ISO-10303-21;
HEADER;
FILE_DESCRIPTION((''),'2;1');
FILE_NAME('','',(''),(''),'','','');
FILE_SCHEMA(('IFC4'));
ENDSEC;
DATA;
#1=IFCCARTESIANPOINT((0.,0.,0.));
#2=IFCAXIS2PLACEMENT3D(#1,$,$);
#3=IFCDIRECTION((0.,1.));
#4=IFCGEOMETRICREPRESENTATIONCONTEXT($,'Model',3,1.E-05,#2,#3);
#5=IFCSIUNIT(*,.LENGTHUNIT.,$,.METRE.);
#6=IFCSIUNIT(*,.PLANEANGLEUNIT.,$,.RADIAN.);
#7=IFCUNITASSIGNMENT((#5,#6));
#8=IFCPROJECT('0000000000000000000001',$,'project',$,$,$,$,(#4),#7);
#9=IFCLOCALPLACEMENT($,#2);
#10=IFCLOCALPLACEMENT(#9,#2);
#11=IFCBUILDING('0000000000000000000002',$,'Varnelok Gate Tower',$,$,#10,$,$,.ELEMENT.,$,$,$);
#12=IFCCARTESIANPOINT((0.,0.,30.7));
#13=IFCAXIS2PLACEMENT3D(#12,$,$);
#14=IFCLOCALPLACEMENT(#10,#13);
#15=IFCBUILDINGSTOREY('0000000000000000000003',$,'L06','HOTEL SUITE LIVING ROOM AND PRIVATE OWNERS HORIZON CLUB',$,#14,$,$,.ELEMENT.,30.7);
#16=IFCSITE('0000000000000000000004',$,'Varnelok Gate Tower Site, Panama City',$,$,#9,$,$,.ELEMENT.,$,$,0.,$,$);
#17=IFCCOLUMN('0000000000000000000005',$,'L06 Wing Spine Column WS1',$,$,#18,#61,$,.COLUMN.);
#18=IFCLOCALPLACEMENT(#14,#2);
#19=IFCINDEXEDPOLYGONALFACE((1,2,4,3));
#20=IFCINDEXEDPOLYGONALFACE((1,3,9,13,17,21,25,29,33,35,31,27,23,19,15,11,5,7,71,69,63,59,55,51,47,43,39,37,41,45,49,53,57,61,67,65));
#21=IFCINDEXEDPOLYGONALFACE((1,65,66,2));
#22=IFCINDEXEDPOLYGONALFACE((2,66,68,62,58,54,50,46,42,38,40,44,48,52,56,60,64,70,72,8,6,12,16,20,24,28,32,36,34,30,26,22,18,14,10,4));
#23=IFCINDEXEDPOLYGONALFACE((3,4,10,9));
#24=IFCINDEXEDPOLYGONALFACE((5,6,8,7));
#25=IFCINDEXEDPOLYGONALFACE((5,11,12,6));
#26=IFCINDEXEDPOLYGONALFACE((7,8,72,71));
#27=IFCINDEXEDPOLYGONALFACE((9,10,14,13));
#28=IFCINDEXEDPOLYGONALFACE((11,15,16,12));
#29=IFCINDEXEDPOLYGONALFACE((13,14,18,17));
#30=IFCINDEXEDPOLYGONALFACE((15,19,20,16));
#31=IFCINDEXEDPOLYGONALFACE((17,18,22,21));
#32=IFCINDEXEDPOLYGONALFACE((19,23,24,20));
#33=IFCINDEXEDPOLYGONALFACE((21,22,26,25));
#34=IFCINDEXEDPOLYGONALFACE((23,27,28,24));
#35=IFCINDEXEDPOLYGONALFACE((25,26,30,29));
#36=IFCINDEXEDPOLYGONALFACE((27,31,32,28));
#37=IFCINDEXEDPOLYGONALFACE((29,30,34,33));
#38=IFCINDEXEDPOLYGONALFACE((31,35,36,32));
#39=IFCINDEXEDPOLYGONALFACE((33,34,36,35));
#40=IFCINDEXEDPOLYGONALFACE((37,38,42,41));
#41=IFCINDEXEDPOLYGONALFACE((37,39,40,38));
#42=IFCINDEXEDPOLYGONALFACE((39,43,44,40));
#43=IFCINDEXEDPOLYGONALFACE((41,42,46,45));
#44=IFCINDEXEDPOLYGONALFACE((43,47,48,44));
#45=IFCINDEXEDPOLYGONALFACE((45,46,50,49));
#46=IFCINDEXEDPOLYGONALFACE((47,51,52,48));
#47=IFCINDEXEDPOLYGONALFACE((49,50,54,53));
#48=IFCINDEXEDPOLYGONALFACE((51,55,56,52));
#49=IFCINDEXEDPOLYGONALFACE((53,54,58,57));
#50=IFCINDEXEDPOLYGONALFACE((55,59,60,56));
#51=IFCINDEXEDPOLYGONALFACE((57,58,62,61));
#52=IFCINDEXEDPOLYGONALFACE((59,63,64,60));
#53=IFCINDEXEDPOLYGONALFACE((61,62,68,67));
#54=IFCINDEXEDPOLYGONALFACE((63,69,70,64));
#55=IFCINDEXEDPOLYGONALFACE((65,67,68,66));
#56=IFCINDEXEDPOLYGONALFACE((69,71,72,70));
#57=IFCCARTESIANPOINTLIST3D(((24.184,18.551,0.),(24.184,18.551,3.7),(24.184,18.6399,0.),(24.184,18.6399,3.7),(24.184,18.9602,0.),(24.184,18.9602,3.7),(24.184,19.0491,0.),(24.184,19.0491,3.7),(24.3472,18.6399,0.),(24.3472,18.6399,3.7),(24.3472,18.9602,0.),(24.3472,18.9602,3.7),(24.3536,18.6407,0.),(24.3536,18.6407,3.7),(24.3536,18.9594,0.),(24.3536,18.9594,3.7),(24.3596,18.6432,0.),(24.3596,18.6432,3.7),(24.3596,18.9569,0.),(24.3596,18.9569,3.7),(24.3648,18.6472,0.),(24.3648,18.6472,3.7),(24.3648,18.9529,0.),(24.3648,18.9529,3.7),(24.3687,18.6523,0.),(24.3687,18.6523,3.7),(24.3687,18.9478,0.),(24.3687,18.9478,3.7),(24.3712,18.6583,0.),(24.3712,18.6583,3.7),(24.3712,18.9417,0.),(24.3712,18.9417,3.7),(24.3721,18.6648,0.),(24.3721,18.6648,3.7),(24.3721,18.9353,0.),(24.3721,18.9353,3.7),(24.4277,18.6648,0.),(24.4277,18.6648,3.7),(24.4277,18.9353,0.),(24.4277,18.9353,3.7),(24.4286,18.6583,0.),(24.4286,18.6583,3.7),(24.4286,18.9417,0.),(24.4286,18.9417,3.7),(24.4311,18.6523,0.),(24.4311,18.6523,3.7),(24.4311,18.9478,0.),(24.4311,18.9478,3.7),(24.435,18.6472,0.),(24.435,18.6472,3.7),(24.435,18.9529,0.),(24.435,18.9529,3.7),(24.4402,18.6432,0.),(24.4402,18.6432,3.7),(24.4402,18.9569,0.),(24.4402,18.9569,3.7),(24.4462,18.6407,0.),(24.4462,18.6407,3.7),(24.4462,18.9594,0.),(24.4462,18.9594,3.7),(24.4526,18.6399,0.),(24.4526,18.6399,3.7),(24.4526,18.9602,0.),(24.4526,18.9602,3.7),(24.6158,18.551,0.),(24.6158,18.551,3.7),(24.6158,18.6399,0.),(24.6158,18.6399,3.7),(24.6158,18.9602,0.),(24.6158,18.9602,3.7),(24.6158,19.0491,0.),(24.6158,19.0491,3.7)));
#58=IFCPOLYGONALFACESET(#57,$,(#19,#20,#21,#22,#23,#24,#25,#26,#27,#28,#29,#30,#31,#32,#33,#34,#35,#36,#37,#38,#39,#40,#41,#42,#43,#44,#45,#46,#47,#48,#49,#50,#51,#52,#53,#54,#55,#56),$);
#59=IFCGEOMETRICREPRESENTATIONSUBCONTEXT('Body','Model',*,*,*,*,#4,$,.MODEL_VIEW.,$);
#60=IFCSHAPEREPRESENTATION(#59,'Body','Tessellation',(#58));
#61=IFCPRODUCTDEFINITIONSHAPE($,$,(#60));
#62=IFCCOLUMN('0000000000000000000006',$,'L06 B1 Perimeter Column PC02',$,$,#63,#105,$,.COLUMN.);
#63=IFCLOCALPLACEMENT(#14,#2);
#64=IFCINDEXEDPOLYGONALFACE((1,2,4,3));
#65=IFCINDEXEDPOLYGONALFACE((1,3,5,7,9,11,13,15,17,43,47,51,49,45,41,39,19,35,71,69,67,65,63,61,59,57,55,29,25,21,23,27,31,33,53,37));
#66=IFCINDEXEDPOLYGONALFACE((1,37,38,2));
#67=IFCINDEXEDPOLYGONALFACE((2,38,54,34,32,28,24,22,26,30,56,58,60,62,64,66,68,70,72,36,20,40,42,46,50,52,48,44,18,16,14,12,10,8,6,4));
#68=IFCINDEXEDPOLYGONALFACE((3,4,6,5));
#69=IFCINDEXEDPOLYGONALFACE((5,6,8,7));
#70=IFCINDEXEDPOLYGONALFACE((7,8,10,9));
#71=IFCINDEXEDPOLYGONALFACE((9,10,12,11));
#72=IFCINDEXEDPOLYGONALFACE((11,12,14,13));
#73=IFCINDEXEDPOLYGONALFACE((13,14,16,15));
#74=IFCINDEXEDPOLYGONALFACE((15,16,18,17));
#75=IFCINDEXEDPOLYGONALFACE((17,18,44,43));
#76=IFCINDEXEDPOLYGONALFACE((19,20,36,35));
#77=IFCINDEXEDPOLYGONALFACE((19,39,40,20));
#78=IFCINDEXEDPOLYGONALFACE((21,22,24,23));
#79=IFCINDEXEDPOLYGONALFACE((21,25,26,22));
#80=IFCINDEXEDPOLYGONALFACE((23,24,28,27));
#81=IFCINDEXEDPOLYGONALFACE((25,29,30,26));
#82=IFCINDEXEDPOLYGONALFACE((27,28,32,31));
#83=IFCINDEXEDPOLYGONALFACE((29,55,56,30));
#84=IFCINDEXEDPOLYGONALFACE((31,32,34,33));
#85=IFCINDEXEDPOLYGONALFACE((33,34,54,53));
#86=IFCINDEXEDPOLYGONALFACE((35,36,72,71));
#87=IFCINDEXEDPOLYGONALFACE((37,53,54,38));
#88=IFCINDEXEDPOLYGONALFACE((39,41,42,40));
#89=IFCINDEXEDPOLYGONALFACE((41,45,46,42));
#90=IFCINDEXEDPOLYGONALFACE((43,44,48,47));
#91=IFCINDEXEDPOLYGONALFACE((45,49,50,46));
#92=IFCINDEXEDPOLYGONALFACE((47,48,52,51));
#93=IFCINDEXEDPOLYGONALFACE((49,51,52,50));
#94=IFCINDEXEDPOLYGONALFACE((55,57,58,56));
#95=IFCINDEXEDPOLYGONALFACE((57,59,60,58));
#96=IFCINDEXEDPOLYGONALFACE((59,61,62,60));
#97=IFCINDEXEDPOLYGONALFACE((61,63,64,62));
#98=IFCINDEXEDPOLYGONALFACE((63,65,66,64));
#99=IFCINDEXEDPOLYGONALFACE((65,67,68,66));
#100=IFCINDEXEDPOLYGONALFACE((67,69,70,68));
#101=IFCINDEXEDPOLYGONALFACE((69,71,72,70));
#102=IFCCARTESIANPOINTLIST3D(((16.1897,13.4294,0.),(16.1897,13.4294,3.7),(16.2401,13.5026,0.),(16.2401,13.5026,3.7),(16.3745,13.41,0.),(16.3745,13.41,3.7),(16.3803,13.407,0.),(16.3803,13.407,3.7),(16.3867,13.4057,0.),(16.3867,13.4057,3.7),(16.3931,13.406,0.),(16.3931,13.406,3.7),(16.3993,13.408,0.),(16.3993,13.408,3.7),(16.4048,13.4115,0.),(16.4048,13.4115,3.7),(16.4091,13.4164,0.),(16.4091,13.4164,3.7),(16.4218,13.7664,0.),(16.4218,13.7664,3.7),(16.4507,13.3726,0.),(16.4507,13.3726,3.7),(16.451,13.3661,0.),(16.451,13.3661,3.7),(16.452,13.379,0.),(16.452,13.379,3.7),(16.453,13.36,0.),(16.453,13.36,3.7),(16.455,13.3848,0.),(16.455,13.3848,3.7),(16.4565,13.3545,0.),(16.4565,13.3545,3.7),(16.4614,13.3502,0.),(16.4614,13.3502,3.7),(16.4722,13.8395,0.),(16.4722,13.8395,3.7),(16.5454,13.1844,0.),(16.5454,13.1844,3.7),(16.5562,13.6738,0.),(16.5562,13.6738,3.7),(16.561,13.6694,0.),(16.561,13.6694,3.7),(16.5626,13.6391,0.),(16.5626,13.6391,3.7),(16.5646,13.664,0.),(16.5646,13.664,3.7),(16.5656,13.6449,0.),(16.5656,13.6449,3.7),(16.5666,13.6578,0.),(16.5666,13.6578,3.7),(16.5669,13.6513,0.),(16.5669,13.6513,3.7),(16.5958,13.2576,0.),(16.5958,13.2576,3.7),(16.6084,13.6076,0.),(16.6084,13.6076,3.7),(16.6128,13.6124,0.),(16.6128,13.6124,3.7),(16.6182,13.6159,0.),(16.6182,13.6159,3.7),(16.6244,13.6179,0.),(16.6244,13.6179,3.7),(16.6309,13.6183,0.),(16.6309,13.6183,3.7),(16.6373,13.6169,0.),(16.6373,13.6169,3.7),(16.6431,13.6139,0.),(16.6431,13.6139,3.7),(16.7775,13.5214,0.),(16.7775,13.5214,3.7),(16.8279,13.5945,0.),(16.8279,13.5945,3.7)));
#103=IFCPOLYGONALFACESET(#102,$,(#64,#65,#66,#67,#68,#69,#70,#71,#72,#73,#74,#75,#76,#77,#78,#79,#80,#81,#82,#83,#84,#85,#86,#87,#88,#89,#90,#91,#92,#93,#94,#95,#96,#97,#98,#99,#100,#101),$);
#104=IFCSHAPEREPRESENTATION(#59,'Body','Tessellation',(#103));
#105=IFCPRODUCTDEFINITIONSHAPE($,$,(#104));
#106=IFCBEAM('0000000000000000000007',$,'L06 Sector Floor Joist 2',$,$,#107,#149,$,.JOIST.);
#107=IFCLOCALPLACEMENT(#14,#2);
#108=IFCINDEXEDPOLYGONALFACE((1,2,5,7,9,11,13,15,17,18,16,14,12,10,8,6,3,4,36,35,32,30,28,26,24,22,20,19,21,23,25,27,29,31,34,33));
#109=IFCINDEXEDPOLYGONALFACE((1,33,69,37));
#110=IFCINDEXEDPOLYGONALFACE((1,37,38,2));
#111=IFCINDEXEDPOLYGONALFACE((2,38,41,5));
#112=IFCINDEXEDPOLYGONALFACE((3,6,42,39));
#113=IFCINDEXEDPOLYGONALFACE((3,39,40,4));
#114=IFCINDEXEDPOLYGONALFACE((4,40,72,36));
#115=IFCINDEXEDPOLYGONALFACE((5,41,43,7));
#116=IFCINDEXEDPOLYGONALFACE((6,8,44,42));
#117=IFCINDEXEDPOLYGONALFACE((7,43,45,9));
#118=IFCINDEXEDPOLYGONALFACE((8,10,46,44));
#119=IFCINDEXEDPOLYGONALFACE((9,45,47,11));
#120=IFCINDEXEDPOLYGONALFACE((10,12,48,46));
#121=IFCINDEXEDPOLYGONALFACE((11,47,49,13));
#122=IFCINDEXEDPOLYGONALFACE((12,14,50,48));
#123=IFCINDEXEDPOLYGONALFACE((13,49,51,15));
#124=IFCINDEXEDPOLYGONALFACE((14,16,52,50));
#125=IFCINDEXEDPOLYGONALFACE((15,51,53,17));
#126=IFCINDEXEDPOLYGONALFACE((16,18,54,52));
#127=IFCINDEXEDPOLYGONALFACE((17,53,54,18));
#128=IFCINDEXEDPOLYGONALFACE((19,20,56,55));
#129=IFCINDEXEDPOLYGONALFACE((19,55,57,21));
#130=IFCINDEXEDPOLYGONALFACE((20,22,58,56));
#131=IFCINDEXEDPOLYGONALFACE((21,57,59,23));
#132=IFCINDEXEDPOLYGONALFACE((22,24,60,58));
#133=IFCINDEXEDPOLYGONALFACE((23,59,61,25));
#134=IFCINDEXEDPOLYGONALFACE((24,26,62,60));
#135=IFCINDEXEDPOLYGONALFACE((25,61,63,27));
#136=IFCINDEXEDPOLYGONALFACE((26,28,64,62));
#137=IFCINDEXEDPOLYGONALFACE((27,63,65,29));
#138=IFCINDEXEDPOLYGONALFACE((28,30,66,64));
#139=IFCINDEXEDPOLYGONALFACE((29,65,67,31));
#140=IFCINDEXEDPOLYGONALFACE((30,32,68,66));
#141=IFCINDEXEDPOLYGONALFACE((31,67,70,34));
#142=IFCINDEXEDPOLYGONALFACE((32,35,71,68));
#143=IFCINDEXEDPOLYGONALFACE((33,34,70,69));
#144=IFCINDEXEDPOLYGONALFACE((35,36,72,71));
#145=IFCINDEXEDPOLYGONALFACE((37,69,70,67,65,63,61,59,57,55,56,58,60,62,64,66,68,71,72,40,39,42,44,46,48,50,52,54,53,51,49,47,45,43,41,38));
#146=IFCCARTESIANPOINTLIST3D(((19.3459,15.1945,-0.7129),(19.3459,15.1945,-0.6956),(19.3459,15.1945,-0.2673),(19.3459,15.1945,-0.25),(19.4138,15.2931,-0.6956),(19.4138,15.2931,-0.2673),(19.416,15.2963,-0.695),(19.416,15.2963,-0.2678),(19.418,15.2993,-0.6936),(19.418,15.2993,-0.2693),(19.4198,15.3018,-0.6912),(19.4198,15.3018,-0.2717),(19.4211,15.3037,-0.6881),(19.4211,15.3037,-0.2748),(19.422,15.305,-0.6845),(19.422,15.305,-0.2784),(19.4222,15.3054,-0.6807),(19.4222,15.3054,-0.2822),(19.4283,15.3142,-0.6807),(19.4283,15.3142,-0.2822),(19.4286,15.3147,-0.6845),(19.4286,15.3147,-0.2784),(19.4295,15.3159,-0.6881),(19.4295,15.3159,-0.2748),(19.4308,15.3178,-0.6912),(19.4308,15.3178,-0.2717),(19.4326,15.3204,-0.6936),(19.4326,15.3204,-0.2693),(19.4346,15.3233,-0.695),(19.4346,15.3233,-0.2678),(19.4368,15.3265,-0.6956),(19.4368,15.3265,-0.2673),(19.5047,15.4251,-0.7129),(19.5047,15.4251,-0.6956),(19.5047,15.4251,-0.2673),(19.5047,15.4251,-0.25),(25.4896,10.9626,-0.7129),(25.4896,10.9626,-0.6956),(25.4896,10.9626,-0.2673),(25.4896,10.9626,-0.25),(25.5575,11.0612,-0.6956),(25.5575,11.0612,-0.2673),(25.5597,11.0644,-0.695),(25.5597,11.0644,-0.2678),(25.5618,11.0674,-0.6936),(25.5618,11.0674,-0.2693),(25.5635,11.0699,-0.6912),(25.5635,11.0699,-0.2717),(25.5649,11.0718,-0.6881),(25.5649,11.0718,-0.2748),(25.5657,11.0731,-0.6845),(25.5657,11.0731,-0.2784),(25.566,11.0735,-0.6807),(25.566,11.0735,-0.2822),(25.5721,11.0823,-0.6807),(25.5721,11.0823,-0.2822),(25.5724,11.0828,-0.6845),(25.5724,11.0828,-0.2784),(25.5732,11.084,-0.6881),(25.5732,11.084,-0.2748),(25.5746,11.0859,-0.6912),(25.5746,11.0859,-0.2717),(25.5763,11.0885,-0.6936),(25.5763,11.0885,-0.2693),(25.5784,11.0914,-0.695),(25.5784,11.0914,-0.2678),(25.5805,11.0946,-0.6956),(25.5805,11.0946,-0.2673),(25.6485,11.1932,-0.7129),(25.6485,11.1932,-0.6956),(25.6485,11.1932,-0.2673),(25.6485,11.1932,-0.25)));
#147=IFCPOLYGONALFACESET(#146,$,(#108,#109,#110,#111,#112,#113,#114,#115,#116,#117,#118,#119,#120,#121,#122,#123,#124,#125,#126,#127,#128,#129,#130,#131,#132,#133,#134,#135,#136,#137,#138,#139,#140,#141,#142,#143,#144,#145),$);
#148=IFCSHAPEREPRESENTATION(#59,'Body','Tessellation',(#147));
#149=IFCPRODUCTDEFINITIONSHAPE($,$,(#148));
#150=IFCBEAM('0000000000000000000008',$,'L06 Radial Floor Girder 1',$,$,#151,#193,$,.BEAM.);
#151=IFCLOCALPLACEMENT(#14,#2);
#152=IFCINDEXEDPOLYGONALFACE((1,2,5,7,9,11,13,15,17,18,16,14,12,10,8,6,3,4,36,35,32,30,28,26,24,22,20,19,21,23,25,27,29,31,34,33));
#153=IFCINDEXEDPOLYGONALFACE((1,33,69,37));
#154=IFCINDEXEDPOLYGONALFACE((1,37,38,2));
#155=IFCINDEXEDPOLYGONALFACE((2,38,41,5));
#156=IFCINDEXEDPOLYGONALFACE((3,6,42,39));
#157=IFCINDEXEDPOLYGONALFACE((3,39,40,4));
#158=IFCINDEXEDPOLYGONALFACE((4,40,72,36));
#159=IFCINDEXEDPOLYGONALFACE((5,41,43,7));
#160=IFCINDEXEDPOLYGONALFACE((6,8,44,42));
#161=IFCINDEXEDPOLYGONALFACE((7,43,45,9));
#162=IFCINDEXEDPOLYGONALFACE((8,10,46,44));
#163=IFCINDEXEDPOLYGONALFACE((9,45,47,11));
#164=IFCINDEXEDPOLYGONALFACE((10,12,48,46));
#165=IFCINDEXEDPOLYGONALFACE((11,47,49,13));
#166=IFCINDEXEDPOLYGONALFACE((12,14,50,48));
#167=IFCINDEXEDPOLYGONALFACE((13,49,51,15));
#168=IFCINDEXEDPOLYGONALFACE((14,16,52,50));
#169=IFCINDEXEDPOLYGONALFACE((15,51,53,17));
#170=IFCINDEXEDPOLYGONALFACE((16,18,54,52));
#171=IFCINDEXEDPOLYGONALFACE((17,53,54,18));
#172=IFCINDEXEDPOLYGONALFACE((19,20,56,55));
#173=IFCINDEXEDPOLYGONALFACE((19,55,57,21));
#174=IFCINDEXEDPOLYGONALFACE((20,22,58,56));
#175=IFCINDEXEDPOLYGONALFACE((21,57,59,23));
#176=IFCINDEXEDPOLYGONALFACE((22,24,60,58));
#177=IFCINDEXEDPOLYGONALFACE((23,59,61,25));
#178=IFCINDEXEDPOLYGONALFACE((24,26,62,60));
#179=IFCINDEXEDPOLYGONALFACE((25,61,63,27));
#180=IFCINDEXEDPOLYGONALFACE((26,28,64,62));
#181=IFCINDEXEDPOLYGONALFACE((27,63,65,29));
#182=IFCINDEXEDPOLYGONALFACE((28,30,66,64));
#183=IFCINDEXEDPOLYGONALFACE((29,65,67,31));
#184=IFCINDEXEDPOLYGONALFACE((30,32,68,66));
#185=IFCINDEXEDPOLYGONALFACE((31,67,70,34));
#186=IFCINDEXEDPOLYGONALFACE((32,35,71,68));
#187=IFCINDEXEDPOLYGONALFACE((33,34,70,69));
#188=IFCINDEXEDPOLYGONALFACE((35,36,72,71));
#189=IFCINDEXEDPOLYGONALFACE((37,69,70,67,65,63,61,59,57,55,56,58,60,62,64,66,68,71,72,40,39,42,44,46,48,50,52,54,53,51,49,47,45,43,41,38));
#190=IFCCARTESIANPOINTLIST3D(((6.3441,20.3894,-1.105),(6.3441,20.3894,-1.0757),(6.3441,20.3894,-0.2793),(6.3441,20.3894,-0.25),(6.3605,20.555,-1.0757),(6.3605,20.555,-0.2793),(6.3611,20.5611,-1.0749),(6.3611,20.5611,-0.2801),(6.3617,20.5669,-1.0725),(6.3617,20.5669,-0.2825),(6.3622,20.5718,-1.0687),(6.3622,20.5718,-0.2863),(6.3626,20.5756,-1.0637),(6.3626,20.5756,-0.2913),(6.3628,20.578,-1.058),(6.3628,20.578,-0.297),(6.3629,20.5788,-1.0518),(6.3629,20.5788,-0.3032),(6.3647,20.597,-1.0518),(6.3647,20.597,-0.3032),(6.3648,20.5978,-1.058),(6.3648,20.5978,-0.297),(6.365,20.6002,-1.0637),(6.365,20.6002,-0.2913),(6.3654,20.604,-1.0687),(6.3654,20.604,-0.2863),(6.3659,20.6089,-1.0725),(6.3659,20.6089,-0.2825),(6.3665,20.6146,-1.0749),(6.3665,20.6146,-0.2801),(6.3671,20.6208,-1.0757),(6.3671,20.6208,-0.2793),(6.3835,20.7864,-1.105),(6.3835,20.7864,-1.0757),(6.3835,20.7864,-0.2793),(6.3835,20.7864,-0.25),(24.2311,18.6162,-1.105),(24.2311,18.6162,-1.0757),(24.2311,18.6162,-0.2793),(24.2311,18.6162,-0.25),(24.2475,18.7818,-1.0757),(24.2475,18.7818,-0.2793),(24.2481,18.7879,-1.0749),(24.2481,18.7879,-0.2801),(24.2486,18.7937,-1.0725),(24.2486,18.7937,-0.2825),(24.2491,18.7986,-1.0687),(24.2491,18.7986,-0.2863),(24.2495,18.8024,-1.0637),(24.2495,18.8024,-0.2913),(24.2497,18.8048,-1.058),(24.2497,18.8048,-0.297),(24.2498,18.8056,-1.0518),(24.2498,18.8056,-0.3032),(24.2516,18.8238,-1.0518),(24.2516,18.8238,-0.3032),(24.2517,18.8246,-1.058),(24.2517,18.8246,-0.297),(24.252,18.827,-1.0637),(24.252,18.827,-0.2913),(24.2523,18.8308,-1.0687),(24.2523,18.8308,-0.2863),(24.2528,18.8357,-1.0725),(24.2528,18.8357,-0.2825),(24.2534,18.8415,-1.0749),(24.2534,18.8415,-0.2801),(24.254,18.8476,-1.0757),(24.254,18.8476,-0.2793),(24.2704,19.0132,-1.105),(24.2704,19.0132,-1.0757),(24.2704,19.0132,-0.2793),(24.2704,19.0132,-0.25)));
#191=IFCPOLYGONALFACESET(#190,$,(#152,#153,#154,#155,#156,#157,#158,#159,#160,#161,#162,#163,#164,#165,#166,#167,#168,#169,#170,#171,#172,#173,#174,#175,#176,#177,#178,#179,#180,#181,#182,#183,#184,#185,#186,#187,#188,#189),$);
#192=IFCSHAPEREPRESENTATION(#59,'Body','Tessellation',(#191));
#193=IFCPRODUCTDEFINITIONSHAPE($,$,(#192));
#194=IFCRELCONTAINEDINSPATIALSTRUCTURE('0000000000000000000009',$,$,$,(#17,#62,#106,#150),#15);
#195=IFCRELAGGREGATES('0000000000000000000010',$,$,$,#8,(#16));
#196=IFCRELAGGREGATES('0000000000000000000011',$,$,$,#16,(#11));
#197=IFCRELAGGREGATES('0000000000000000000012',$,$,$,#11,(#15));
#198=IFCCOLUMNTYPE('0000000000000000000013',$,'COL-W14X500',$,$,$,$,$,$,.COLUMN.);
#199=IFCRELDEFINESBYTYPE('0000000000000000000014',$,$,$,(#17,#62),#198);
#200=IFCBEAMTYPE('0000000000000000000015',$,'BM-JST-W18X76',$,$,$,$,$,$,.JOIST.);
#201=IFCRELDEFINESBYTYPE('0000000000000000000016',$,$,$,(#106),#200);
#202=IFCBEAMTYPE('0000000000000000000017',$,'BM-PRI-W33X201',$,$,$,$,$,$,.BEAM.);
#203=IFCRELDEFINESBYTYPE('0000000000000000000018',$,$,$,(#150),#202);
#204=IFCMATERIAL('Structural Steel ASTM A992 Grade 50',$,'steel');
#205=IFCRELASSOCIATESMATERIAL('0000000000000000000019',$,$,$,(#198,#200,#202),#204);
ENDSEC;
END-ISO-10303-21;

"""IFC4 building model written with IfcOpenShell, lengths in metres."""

from ifc_helpers import new_model, si_unit, direction, frame, origin, origin_2d, place, context, subcontext, project, spatial, i_section, extrude, material, material_profile, profile_set, type_object, element, save


model = new_model("IFC4")

# Units and contexts
model_context = context("Model", 3, precision=1e-05, world=origin(), true_north=direction((0.0, 1.0)))
body_context = subcontext(model_context, "Body", "Model", "MODEL_VIEW")
ifc_project = project(units=[si_unit("LENGTHUNIT", "METRE"), si_unit("PLANEANGLEUNIT", "RADIAN")], contexts=[model_context])

# Site, building, storey
site_placement = place(None, origin())
site = spatial("IfcSite", under=ifc_project, at=site_placement, Name="Varnelok Gate Tower Site, Panama City", CompositionType="ELEMENT", RefElevation=0.0)
building_placement = place(site_placement, origin())
building = spatial("IfcBuilding", under=site, at=building_placement, Name="Varnelok Gate Tower", CompositionType="ELEMENT")
storey_placement = place(building_placement, frame((0.0, 0.0, 30.7)))
storey = spatial("IfcBuildingStorey", under=building, at=storey_placement, Name="L06", Description="HOTEL SUITE LIVING ROOM AND PRIVATE OWNERS HORIZON CLUB", CompositionType="ELEMENT", Elevation=30.7)

# Columns
ifc_material_1 = material(Name="Structural Steel ASTM A992 Grade 50", Category="steel")
ifc_material_profile_1 = material_profile(ifc_material_1, i_section(OverallWidth=0.4319, OverallDepth=0.498, WebThickness=0.0557, FlangeThickness=0.0889, FilletRadius=0.0249, at=origin_2d()), Name="W14X500")
ifc_profile_set_1 = profile_set([ifc_material_profile_1], Name="Structural Steel ASTM A992 Grade 50")
column_type = type_object("IfcColumnType", Name="COL-W14X500", PredefinedType="COLUMN", material=ifc_profile_set_1)
for number, where, z_axis, x_axis, name in (
    (1, (24.3999, 18.8, 0.0), (0.0, 0.0, 1.0), (1.0, 0.0, 0.0), "L06 Wing Spine Column WS1"),
    (2, (16.5088, 13.512, 0.0), (0.0, 0.0, 1.0), (0.823533, -0.567269, 0.0), "L06 B1 Perimeter Column PC02"),
):
    element("IfcColumn", number, at=place(storey_placement, frame(where, z_axis=z_axis, x_axis=x_axis)), inside=storey, type_object=column_type, Name=name, PredefinedType="COLUMN", context=body_context, shape_type="SweptSolid", body=[
        extrude(i_section(OverallWidth=0.4319, OverallDepth=0.498, WebThickness=0.0557, FlangeThickness=0.0889, FilletRadius=0.0249, at=origin_2d()), origin(), (0.0, 0.0, 1.0), 3.7),
    ])

# Beams
ifc_material_profile_2 = material_profile(ifc_material_1, i_section(OverallWidth=0.28, OverallDepth=0.4629, WebThickness=0.0107, FlangeThickness=0.0173, FilletRadius=0.0149, at=origin_2d()), Name="W18X76")
ifc_profile_set_2 = profile_set([ifc_material_profile_2], Name="Structural Steel ASTM A992 Grade 50")
beam_type_1 = type_object("IfcBeamType", Name="BM-JST-W18X76", PredefinedType="JOIST", material=ifc_profile_set_2)
beam_1_placement = place(storey_placement, frame((19.4253, 15.3098, -0.4814), z_axis=(0.823536, -0.567263, 0.0), x_axis=(0.567263, 0.823536, 0.0)))
element("IfcBeam", 3, at=beam_1_placement, inside=storey, type_object=beam_type_1, Name="L06 Sector Floor Joist 2", PredefinedType="JOIST", context=body_context, shape_type="SweptSolid", body=[
    extrude(i_section(OverallWidth=0.28, OverallDepth=0.4629, WebThickness=0.0107, FlangeThickness=0.0173, FilletRadius=0.0149, at=origin_2d()), origin(), (0.0, 0.0, 1.0), 7.4602),
])
ifc_material_profile_3 = material_profile(ifc_material_1, i_section(OverallWidth=0.3989, OverallDepth=0.855, WebThickness=0.0183, FlangeThickness=0.0293, FilletRadius=0.0239, at=origin_2d()), Name="W33X201")
ifc_profile_set_3 = profile_set([ifc_material_profile_3], Name="Structural Steel ASTM A992 Grade 50")
beam_type_2 = type_object("IfcBeamType", Name="BM-PRI-W33X201", PredefinedType="BEAM", material=ifc_profile_set_3)
beam_2_placement = place(storey_placement, frame((24.2507, 18.8147, -0.6775), z_axis=(-0.995122, 0.09865, 0.0), x_axis=(-0.09865, -0.995122, 0.0)))
element("IfcBeam", 4, at=beam_2_placement, inside=storey, type_object=beam_type_2, Name="L06 Radial Floor Girder 1", PredefinedType="BEAM", context=body_context, shape_type="SweptSolid", body=[
    extrude(i_section(OverallWidth=0.3989, OverallDepth=0.855, WebThickness=0.0183, FlangeThickness=0.0293, FilletRadius=0.0239, at=origin_2d()), origin(), (0.0, 0.0, 1.0), 17.9746),
])

save(model, "model.ifc")
